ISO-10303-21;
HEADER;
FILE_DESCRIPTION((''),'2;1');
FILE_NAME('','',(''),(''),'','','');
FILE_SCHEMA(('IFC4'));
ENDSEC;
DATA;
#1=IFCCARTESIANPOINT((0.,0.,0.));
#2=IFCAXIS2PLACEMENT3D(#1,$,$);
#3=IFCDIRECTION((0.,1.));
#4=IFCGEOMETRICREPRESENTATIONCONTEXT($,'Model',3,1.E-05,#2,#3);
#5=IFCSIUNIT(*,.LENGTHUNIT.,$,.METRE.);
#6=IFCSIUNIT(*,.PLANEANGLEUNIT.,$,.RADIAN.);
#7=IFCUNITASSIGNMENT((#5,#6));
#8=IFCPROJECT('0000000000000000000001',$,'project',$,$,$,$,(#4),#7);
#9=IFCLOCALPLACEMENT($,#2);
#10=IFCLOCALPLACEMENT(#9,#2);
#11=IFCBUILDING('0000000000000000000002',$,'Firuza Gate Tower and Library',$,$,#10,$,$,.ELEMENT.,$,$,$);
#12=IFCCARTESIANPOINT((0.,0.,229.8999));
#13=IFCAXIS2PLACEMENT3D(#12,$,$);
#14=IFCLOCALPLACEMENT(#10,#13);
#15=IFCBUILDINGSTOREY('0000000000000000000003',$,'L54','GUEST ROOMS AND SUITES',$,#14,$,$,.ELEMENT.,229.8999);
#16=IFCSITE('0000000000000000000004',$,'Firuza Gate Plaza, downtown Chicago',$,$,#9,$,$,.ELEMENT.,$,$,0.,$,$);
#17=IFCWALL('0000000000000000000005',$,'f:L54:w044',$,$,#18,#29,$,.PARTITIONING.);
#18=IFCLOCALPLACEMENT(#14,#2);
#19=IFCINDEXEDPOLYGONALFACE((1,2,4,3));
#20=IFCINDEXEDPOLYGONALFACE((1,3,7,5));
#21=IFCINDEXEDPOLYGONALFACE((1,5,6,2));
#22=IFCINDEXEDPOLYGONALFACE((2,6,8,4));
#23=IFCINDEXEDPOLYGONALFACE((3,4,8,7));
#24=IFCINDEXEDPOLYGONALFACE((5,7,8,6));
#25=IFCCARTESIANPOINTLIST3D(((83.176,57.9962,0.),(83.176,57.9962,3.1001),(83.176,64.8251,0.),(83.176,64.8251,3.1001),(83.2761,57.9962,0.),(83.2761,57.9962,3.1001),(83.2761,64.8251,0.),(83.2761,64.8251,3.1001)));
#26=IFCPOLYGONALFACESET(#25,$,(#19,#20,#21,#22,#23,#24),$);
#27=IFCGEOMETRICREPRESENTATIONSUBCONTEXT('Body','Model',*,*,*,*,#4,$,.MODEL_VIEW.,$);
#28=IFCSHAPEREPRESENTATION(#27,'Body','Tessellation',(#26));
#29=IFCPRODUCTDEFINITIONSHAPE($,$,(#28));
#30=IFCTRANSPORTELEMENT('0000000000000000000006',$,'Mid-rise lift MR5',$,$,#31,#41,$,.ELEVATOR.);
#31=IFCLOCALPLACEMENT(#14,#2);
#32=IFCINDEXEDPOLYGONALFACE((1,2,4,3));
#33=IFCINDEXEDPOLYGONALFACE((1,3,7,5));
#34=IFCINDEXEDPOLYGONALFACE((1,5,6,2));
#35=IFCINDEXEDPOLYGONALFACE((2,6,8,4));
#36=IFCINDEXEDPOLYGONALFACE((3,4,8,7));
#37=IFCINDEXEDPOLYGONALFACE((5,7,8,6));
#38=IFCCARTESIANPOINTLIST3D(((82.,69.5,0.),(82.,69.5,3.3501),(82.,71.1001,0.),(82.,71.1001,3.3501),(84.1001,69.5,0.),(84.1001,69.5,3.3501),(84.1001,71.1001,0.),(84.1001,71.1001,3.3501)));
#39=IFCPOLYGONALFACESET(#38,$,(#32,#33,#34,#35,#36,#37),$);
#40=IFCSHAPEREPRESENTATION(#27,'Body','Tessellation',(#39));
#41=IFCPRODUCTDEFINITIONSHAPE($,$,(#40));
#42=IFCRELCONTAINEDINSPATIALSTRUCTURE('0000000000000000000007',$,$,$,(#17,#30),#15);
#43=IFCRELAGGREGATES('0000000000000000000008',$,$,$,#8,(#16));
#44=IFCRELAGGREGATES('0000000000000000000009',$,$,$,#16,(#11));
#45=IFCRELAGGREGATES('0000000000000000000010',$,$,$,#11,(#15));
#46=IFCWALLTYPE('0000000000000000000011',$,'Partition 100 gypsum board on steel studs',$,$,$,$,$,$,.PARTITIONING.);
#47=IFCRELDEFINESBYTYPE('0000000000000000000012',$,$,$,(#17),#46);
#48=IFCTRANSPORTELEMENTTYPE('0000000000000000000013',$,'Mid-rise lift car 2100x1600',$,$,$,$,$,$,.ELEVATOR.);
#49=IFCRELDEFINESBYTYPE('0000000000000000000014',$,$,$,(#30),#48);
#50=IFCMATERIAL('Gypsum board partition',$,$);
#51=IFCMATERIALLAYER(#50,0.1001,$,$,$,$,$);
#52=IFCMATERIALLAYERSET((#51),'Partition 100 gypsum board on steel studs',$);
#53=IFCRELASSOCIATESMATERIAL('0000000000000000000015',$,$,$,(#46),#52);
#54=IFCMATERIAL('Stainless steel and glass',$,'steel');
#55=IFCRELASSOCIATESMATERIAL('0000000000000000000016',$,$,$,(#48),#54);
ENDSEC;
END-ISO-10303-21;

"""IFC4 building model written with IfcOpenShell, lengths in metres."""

from ifc_helpers import new_model, si_unit, direction, frame, frame_2d, origin, origin_2d, place, context, subcontext, project, spatial, rectangle, extrude, material, layer, layer_set, type_object, element, save


model = new_model("IFC4")

# Units and contexts
model_context = context("Model", 3, precision=1e-05, world=origin(), true_north=direction((0.0, 1.0)))
body_context = subcontext(model_context, "Body", "Model", "MODEL_VIEW")
ifc_project = project(units=[si_unit("LENGTHUNIT", "METRE"), si_unit("PLANEANGLEUNIT", "RADIAN")], contexts=[model_context])

# Site, building, storey
site_placement = place(None, origin())
site = spatial("IfcSite", under=ifc_project, at=site_placement, Name="Firuza Gate Plaza, downtown Chicago", CompositionType="ELEMENT", RefElevation=0.0)
building_placement = place(site_placement, origin())
building = spatial("IfcBuilding", under=site, at=building_placement, Name="Firuza Gate Tower and Library", CompositionType="ELEMENT")
storey_placement = place(building_placement, frame((0.0, 0.0, 229.8999)))
storey = spatial("IfcBuildingStorey", under=building, at=storey_placement, Name="L54", Description="GUEST ROOMS AND SUITES", CompositionType="ELEMENT", Elevation=229.8999)

# Wall
ifc_material_1 = material(Name="Gypsum board partition")
ifc_layer_1 = layer(ifc_material_1, 0.1001)
ifc_layer_set_1 = layer_set([ifc_layer_1], Name="Partition 100 gypsum board on steel studs")
wall_type_1 = type_object("IfcWallType", Name="Partition 100 gypsum board on steel studs", PredefinedType="PARTITIONING", material=ifc_layer_set_1)
wall_1_placement = place(storey_placement, frame((83.2261, 57.9961, 0.0), z_axis=(0.0, 0.0, 1.0), x_axis=(0.0, 1.0, 0.0)))
element("IfcWall", 1, at=wall_1_placement, inside=storey, type_object=wall_type_1, Name="f:L54:w044", PredefinedType="PARTITIONING", context=body_context, shape_type="SweptSolid", body=[
    extrude(rectangle(XDim=6.8289, YDim=0.1001, at=frame_2d((3.4146, 0.0))), origin(), (0.0, 0.0, 1.0), 3.1001),
])

# Transport element
ifc_material_2 = material(Name="Stainless steel and glass", Category="steel")
transport_element_type = type_object("IfcTransportElementType", Name="Mid-rise lift car 2100x1600", PredefinedType="ELEVATOR", material=ifc_material_2)
transport_element_placement = place(storey_placement, frame((83.05, 70.3, 0.0), z_axis=(0.0, 0.0, 1.0), x_axis=(1.0, 0.0, 0.0)))
element("IfcTransportElement", 2, at=transport_element_placement, inside=storey, type_object=transport_element_type, Name="Mid-rise lift MR5", PredefinedType="ELEVATOR", context=body_context, shape_type="SweptSolid", body=[
    extrude(rectangle(XDim=2.1001, YDim=1.6001, at=origin_2d()), origin(), (0.0, 0.0, 1.0), 3.3501),
])

save(model, "model.ifc")
